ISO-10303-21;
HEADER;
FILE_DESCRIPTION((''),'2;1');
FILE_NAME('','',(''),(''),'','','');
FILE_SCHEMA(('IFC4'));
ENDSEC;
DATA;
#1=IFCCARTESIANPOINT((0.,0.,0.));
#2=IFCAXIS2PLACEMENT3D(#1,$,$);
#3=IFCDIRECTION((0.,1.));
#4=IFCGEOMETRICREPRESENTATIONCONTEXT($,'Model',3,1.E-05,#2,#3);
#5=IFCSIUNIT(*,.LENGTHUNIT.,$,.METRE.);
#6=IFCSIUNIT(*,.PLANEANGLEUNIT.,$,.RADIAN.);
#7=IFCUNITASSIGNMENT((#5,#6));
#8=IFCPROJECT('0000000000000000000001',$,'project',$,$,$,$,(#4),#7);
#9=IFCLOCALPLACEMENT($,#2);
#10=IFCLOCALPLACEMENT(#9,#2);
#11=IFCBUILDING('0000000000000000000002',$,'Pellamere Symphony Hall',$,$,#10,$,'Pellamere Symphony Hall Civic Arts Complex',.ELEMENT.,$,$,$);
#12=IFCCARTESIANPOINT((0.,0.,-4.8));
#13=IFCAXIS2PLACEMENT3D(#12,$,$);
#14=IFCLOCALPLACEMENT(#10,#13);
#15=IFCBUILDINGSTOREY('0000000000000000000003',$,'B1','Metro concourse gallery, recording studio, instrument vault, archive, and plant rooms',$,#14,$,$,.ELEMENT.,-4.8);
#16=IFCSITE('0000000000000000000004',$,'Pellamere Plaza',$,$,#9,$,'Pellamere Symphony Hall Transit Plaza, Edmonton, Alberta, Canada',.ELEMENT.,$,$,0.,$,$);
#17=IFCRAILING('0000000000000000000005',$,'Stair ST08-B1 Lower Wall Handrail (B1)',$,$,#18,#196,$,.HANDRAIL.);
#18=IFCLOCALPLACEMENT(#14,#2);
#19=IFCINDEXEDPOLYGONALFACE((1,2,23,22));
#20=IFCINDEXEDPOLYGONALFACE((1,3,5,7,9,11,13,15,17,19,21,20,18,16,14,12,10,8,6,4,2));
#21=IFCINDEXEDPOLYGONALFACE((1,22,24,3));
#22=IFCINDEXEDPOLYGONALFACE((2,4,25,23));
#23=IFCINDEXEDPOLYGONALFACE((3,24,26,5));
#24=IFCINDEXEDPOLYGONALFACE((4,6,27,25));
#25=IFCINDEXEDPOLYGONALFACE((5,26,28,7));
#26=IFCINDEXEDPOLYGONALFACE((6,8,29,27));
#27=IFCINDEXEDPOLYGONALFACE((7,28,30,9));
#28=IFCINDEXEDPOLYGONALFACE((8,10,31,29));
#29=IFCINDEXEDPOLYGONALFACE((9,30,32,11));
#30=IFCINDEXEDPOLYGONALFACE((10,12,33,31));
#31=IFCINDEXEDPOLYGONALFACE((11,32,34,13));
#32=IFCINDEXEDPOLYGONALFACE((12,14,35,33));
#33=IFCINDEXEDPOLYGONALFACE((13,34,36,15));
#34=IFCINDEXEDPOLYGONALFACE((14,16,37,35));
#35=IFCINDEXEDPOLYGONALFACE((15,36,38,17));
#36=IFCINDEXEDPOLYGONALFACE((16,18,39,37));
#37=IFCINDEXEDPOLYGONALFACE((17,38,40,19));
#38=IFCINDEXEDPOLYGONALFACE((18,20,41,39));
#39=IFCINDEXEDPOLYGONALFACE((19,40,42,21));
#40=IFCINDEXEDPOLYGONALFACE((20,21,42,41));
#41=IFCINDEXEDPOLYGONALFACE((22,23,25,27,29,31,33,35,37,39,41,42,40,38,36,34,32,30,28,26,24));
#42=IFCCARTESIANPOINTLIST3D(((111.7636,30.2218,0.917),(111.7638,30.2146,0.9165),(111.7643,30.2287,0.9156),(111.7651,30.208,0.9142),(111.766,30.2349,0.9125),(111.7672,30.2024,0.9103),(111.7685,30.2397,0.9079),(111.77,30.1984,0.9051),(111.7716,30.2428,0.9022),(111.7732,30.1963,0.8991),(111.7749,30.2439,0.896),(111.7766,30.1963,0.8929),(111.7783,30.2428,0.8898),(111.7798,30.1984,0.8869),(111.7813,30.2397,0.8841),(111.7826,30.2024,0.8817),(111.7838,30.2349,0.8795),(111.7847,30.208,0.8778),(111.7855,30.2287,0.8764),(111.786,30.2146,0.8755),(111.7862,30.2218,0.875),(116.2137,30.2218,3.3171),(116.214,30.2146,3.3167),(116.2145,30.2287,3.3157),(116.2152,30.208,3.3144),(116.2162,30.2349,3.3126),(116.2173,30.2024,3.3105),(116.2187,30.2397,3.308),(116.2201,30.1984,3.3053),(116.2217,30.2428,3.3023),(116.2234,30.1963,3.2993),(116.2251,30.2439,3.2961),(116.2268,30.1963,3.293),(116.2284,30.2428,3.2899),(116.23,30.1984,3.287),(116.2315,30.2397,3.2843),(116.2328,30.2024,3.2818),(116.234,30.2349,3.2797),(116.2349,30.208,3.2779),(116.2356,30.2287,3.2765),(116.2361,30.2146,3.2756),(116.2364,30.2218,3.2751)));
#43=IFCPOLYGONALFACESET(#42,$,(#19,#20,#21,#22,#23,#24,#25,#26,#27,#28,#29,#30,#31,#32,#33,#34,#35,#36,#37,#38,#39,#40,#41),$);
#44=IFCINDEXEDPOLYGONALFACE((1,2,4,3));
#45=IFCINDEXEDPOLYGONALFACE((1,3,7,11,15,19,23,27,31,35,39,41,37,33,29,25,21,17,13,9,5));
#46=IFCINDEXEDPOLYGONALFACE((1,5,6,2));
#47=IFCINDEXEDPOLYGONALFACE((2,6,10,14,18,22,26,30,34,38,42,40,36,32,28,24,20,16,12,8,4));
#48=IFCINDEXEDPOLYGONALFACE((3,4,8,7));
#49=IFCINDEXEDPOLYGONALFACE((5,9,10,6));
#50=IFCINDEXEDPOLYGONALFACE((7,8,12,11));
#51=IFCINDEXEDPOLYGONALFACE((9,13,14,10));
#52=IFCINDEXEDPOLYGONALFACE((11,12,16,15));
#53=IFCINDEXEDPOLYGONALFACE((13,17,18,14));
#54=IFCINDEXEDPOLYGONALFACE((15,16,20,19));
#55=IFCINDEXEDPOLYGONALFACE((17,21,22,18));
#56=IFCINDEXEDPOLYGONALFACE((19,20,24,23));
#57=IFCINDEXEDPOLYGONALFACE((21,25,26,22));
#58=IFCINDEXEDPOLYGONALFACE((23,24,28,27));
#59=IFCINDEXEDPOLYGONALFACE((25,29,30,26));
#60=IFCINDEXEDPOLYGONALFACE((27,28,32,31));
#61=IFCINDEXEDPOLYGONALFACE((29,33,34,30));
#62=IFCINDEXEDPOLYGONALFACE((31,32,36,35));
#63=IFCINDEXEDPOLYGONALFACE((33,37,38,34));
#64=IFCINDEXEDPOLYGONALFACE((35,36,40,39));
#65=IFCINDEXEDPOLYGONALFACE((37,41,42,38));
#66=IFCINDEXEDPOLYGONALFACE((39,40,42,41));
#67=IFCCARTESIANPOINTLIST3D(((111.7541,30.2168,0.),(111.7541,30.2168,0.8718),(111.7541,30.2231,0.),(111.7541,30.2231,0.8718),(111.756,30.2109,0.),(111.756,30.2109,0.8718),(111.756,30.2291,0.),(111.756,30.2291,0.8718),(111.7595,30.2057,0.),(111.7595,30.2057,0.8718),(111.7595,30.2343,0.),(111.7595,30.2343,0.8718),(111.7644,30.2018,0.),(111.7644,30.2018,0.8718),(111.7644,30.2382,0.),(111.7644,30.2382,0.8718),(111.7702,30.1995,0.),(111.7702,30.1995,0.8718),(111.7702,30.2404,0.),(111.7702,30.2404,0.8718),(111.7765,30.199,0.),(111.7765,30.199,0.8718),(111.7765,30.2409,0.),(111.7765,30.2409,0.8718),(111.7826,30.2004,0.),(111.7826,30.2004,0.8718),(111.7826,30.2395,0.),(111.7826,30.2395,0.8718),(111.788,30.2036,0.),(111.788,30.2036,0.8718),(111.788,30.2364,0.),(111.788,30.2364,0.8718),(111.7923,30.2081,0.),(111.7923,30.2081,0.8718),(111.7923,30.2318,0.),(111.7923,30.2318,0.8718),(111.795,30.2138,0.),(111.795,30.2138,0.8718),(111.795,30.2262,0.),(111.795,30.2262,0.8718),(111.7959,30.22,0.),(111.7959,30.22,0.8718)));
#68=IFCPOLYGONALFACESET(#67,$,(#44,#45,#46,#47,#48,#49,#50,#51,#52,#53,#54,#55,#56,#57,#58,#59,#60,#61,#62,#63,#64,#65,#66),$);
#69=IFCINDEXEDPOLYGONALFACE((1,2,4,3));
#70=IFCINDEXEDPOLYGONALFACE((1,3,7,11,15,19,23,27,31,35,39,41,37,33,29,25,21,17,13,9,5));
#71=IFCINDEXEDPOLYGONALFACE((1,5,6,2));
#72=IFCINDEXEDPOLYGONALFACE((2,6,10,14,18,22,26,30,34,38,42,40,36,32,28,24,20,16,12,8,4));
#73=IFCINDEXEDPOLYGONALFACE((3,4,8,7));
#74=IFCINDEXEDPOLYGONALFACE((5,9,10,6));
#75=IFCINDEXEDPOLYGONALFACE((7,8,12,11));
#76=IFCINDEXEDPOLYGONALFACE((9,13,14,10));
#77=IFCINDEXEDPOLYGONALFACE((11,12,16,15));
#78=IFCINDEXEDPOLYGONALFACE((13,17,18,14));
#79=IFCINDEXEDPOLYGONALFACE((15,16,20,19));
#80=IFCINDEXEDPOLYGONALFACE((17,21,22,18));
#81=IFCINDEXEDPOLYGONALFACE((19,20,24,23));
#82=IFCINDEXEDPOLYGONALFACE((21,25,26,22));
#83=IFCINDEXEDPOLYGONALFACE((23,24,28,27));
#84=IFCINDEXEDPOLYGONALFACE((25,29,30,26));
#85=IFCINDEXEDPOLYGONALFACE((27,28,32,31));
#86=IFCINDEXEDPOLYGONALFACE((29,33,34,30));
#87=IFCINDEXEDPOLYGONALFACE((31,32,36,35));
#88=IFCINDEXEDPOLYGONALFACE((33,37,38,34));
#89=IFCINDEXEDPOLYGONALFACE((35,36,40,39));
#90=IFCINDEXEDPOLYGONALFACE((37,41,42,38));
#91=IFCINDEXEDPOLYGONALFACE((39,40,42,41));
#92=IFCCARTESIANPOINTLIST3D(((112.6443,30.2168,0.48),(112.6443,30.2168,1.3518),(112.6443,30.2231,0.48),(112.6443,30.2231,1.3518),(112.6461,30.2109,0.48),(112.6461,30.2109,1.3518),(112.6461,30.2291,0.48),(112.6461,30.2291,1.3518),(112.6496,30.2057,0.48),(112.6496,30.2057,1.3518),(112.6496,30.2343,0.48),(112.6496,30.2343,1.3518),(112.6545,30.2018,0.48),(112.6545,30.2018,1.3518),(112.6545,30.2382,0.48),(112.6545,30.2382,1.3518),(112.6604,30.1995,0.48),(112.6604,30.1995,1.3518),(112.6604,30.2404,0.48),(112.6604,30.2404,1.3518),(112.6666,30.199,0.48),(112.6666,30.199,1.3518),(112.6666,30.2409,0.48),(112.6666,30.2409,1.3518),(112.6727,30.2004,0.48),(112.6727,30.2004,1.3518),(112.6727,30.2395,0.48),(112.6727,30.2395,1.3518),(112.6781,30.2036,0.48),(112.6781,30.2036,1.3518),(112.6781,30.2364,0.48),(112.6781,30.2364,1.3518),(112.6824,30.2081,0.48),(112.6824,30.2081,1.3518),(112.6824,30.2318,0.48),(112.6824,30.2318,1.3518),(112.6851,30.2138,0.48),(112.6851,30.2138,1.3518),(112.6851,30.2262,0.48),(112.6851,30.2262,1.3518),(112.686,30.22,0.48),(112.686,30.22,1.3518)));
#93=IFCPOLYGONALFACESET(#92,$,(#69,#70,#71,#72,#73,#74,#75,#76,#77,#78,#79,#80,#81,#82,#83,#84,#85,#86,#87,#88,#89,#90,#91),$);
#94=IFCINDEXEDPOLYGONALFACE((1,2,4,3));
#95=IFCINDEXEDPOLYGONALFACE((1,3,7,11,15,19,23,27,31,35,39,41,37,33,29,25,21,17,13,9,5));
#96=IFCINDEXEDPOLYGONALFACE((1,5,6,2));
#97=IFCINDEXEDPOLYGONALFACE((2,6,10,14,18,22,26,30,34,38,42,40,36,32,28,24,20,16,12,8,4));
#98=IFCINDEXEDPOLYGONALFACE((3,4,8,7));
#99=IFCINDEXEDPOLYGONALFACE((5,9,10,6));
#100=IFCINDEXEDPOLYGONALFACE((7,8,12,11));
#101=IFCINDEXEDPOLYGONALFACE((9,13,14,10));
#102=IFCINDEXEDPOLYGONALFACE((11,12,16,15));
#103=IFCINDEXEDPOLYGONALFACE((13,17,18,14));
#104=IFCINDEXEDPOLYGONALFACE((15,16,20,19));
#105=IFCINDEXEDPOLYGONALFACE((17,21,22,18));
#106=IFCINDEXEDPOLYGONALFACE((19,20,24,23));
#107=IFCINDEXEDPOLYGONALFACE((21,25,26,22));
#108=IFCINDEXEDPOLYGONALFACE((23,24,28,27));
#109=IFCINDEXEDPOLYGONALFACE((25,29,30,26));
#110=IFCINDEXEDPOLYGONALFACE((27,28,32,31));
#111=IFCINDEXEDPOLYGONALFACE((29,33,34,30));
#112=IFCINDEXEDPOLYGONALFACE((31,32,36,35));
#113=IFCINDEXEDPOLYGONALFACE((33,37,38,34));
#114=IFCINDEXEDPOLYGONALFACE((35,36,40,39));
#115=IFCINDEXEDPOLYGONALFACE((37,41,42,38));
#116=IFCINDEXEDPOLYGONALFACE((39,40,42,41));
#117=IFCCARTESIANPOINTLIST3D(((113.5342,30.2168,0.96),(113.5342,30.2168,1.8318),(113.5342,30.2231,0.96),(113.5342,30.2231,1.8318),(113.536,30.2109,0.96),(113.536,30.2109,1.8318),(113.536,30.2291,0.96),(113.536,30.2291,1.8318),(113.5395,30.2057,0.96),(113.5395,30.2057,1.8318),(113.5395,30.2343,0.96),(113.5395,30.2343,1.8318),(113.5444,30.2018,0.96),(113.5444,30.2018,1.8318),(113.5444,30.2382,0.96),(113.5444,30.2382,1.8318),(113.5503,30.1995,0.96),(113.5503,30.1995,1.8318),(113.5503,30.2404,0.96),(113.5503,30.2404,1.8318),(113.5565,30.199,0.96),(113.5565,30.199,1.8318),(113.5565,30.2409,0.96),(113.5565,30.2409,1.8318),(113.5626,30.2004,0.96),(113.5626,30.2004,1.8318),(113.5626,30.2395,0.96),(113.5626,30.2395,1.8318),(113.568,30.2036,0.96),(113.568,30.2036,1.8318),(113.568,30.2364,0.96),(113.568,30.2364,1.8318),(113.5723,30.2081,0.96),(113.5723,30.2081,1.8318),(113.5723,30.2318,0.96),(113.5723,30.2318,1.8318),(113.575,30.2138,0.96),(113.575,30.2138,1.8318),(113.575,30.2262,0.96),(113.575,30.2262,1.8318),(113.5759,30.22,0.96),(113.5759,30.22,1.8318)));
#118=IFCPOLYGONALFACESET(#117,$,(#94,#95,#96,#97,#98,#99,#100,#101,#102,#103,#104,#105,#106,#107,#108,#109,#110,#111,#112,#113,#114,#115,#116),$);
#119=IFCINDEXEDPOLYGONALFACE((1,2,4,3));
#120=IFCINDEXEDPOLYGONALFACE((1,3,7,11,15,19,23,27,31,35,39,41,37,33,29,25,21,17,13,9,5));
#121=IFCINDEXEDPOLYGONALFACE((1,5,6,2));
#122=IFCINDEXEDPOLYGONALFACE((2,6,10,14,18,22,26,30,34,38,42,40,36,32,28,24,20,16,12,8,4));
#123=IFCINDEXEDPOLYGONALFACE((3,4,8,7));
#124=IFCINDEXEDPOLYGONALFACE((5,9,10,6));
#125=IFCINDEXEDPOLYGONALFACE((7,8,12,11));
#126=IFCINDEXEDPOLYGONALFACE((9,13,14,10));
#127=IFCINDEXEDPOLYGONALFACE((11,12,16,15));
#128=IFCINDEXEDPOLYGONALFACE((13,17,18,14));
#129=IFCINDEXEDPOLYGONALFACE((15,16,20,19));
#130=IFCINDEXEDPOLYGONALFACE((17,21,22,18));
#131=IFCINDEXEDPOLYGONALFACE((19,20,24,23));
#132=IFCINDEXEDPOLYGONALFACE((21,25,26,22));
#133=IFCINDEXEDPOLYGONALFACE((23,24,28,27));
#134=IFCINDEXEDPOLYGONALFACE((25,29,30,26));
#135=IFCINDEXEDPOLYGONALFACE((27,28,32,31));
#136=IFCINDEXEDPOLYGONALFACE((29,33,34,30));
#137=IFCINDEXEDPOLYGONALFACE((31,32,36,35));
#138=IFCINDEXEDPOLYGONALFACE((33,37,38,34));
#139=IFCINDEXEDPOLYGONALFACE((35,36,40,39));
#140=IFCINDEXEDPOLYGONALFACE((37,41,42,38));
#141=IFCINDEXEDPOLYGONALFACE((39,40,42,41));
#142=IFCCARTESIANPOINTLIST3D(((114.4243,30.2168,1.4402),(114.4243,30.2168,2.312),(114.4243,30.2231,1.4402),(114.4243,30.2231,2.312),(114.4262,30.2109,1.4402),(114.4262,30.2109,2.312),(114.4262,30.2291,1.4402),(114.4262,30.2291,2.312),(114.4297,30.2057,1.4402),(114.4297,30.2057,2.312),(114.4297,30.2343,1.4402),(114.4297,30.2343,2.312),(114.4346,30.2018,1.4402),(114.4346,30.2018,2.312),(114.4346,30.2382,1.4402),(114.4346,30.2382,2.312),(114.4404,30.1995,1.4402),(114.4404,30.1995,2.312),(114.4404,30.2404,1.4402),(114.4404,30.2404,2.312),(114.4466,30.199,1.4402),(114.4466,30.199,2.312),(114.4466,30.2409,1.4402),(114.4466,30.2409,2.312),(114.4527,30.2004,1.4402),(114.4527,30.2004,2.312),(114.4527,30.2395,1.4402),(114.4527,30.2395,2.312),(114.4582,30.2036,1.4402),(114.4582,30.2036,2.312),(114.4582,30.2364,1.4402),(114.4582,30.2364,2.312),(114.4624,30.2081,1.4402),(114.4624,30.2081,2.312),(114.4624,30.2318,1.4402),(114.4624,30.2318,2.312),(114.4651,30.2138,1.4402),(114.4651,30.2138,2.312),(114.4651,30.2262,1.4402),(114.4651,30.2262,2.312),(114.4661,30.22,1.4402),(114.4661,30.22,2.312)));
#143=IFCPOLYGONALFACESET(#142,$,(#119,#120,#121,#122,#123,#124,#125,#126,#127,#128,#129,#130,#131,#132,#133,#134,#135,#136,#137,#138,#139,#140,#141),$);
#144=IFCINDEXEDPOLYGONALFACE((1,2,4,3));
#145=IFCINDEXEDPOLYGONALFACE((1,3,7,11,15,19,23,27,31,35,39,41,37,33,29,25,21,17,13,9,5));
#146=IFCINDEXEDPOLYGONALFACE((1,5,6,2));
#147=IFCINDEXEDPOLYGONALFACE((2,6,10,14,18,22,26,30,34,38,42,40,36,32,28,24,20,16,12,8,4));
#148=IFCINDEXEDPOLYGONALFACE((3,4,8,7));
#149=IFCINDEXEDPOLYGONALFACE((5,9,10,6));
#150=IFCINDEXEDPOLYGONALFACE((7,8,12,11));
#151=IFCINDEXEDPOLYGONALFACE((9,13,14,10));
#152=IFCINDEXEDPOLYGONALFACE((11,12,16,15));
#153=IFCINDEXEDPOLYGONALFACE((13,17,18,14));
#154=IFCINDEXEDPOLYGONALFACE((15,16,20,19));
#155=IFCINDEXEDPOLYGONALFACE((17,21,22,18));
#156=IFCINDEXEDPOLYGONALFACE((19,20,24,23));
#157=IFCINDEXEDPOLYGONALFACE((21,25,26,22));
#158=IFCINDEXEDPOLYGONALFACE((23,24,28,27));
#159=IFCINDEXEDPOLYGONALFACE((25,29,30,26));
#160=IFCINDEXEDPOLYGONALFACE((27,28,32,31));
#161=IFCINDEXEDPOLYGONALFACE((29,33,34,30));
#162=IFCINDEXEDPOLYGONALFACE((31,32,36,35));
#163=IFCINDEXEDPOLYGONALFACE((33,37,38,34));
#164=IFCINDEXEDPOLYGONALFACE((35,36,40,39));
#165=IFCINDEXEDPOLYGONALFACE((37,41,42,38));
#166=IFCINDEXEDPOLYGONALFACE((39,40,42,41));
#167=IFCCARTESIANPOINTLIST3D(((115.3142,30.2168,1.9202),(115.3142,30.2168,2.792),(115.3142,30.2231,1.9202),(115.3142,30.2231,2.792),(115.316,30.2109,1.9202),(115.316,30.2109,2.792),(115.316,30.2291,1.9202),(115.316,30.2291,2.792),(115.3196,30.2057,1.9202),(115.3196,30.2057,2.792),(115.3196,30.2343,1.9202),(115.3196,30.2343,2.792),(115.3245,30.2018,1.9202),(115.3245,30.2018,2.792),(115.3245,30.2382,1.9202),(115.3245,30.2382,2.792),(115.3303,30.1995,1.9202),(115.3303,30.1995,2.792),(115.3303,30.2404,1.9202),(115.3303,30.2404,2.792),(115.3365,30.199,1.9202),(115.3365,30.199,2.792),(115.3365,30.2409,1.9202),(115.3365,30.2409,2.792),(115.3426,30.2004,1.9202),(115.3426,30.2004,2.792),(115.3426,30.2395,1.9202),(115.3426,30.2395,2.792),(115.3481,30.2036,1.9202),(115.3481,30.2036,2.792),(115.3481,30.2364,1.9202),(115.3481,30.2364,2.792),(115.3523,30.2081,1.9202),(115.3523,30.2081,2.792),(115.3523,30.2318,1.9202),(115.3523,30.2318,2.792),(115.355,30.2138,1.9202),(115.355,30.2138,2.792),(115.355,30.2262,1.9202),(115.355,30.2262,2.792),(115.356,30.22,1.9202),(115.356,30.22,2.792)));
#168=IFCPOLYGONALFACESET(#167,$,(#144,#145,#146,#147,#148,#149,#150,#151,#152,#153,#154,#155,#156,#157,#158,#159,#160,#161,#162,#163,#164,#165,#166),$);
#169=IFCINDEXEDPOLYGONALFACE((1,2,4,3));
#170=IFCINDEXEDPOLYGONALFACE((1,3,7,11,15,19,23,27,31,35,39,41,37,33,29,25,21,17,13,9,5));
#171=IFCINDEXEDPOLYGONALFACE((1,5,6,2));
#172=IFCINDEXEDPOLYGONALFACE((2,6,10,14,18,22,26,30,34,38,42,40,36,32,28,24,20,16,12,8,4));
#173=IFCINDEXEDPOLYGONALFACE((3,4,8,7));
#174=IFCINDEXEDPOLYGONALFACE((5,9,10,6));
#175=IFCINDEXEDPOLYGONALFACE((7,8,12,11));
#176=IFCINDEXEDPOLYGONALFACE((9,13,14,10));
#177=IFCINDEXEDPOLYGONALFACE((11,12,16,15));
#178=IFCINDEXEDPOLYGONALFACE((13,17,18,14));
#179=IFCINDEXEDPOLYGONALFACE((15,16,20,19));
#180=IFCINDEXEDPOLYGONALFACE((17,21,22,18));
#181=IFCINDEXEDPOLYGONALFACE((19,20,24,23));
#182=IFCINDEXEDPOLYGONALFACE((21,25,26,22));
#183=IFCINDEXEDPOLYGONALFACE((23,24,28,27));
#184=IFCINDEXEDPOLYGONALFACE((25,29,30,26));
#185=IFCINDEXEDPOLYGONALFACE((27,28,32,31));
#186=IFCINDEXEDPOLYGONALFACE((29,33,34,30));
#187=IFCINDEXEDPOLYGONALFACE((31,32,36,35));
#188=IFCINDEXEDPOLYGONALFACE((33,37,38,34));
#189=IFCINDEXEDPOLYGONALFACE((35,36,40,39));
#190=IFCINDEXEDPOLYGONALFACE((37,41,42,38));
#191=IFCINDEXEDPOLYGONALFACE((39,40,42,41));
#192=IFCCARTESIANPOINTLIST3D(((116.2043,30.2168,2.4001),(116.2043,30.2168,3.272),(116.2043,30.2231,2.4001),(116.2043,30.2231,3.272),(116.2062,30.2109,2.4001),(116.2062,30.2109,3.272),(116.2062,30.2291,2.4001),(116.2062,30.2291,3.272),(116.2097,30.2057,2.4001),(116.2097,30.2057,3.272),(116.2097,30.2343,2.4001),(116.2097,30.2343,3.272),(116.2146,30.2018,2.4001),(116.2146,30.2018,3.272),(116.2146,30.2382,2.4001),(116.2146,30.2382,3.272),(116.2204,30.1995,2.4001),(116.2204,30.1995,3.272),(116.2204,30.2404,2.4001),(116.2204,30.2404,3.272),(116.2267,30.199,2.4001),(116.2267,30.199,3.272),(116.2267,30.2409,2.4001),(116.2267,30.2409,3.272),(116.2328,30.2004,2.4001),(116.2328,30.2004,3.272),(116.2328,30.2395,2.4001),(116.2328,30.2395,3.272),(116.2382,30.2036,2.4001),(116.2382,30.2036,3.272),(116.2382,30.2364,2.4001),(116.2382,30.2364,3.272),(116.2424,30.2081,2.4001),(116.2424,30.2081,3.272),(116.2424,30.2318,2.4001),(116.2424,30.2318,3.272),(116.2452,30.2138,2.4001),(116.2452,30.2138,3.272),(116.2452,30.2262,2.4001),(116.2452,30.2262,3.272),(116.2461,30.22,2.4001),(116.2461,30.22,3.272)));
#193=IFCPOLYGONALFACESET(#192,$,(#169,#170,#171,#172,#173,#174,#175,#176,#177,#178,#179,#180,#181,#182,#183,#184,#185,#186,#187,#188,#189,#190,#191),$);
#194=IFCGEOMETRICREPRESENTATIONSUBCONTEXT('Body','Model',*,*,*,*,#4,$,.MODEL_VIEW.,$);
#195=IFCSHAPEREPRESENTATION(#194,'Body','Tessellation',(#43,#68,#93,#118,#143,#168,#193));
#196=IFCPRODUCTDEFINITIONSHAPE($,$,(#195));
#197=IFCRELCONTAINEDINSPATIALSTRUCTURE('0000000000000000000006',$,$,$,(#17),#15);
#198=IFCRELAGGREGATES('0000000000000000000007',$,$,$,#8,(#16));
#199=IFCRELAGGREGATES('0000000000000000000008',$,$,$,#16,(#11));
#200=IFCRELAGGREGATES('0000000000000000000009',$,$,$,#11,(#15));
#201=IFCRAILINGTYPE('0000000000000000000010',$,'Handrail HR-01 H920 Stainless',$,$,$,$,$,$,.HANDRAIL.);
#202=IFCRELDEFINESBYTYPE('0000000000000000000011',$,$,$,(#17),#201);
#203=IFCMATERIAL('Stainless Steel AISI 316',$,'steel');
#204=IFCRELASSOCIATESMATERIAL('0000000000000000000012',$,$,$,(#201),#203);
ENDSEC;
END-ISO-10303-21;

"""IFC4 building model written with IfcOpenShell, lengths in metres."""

from ifc_helpers import new_model, si_unit, direction, frame, origin, origin_2d, place, context, subcontext, project, spatial, circle, extrude, material, type_object, element, save


model = new_model("IFC4")

# Units and contexts
model_context = context("Model", 3, precision=1e-05, world=origin(), true_north=direction((0.0, 1.0)))
body_context = subcontext(model_context, "Body", "Model", "MODEL_VIEW")
ifc_project = project(units=[si_unit("LENGTHUNIT", "METRE"), si_unit("PLANEANGLEUNIT", "RADIAN")], contexts=[model_context])

# Site, building, storey
site_placement = place(None, origin())
site = spatial("IfcSite", under=ifc_project, at=site_placement, Name="Pellamere Plaza", LongName="Pellamere Symphony Hall Transit Plaza, Edmonton, Alberta, Canada", CompositionType="ELEMENT", RefElevation=0.0)
building_placement = place(site_placement, origin())
building = spatial("IfcBuilding", under=site, at=building_placement, Name="Pellamere Symphony Hall", LongName="Pellamere Symphony Hall Civic Arts Complex", CompositionType="ELEMENT")
storey_placement = place(building_placement, frame((0.0, 0.0, -4.8)))
storey = spatial("IfcBuildingStorey", under=building, at=storey_placement, Name="B1", Description="Metro concourse gallery, recording studio, instrument vault, archive, and plant rooms", CompositionType="ELEMENT", Elevation=-4.8)

# Railing
ifc_material_1 = material(Name="Stainless Steel AISI 316", Category="steel")
railing_type_1 = type_object("IfcRailingType", Name="Handrail HR-01 H920 Stainless", PredefinedType="HANDRAIL", material=ifc_material_1)
railing_1_placement = place(storey_placement, frame((111.7749, 30.22, 0.0)))
element("IfcRailing", 1, at=railing_1_placement, inside=storey, type_object=railing_type_1, Name="Stair ST08-B1 Lower Wall Handrail (B1)", PredefinedType="HANDRAIL", context=body_context, shape_type="SweptSolid", body=[
    extrude(circle(Radius=0.0239, at=origin_2d()), frame((0.0, 0.0, 0.896), z_axis=(0.88015, 0.0, 0.474696), x_axis=(0.0, 1.0, 0.0)), (0.0, 0.0, 1.0), 5.0562),
    extrude(circle(Radius=0.021, at=origin_2d()), origin(), (0.0, 0.0, 1.0), 0.8718),
    extrude(circle(Radius=0.021, at=origin_2d()), frame((0.8901, 0.0, 0.48)), (0.0, 0.0, 1.0), 0.8718),
    extrude(circle(Radius=0.021, at=origin_2d()), frame((1.78, 0.0, 0.96)), (0.0, 0.0, 1.0), 0.8718),
    extrude(circle(Radius=0.021, at=origin_2d()), frame((2.6702, 0.0, 1.4402)), (0.0, 0.0, 1.0), 0.8718),
    extrude(circle(Radius=0.021, at=origin_2d()), frame((3.5601, 0.0, 1.9202)), (0.0, 0.0, 1.0), 0.8718),
    extrude(circle(Radius=0.021, at=origin_2d()), frame((4.4502, 0.0, 2.4001)), (0.0, 0.0, 1.0), 0.8718),
])

save(model, "model.ifc")
